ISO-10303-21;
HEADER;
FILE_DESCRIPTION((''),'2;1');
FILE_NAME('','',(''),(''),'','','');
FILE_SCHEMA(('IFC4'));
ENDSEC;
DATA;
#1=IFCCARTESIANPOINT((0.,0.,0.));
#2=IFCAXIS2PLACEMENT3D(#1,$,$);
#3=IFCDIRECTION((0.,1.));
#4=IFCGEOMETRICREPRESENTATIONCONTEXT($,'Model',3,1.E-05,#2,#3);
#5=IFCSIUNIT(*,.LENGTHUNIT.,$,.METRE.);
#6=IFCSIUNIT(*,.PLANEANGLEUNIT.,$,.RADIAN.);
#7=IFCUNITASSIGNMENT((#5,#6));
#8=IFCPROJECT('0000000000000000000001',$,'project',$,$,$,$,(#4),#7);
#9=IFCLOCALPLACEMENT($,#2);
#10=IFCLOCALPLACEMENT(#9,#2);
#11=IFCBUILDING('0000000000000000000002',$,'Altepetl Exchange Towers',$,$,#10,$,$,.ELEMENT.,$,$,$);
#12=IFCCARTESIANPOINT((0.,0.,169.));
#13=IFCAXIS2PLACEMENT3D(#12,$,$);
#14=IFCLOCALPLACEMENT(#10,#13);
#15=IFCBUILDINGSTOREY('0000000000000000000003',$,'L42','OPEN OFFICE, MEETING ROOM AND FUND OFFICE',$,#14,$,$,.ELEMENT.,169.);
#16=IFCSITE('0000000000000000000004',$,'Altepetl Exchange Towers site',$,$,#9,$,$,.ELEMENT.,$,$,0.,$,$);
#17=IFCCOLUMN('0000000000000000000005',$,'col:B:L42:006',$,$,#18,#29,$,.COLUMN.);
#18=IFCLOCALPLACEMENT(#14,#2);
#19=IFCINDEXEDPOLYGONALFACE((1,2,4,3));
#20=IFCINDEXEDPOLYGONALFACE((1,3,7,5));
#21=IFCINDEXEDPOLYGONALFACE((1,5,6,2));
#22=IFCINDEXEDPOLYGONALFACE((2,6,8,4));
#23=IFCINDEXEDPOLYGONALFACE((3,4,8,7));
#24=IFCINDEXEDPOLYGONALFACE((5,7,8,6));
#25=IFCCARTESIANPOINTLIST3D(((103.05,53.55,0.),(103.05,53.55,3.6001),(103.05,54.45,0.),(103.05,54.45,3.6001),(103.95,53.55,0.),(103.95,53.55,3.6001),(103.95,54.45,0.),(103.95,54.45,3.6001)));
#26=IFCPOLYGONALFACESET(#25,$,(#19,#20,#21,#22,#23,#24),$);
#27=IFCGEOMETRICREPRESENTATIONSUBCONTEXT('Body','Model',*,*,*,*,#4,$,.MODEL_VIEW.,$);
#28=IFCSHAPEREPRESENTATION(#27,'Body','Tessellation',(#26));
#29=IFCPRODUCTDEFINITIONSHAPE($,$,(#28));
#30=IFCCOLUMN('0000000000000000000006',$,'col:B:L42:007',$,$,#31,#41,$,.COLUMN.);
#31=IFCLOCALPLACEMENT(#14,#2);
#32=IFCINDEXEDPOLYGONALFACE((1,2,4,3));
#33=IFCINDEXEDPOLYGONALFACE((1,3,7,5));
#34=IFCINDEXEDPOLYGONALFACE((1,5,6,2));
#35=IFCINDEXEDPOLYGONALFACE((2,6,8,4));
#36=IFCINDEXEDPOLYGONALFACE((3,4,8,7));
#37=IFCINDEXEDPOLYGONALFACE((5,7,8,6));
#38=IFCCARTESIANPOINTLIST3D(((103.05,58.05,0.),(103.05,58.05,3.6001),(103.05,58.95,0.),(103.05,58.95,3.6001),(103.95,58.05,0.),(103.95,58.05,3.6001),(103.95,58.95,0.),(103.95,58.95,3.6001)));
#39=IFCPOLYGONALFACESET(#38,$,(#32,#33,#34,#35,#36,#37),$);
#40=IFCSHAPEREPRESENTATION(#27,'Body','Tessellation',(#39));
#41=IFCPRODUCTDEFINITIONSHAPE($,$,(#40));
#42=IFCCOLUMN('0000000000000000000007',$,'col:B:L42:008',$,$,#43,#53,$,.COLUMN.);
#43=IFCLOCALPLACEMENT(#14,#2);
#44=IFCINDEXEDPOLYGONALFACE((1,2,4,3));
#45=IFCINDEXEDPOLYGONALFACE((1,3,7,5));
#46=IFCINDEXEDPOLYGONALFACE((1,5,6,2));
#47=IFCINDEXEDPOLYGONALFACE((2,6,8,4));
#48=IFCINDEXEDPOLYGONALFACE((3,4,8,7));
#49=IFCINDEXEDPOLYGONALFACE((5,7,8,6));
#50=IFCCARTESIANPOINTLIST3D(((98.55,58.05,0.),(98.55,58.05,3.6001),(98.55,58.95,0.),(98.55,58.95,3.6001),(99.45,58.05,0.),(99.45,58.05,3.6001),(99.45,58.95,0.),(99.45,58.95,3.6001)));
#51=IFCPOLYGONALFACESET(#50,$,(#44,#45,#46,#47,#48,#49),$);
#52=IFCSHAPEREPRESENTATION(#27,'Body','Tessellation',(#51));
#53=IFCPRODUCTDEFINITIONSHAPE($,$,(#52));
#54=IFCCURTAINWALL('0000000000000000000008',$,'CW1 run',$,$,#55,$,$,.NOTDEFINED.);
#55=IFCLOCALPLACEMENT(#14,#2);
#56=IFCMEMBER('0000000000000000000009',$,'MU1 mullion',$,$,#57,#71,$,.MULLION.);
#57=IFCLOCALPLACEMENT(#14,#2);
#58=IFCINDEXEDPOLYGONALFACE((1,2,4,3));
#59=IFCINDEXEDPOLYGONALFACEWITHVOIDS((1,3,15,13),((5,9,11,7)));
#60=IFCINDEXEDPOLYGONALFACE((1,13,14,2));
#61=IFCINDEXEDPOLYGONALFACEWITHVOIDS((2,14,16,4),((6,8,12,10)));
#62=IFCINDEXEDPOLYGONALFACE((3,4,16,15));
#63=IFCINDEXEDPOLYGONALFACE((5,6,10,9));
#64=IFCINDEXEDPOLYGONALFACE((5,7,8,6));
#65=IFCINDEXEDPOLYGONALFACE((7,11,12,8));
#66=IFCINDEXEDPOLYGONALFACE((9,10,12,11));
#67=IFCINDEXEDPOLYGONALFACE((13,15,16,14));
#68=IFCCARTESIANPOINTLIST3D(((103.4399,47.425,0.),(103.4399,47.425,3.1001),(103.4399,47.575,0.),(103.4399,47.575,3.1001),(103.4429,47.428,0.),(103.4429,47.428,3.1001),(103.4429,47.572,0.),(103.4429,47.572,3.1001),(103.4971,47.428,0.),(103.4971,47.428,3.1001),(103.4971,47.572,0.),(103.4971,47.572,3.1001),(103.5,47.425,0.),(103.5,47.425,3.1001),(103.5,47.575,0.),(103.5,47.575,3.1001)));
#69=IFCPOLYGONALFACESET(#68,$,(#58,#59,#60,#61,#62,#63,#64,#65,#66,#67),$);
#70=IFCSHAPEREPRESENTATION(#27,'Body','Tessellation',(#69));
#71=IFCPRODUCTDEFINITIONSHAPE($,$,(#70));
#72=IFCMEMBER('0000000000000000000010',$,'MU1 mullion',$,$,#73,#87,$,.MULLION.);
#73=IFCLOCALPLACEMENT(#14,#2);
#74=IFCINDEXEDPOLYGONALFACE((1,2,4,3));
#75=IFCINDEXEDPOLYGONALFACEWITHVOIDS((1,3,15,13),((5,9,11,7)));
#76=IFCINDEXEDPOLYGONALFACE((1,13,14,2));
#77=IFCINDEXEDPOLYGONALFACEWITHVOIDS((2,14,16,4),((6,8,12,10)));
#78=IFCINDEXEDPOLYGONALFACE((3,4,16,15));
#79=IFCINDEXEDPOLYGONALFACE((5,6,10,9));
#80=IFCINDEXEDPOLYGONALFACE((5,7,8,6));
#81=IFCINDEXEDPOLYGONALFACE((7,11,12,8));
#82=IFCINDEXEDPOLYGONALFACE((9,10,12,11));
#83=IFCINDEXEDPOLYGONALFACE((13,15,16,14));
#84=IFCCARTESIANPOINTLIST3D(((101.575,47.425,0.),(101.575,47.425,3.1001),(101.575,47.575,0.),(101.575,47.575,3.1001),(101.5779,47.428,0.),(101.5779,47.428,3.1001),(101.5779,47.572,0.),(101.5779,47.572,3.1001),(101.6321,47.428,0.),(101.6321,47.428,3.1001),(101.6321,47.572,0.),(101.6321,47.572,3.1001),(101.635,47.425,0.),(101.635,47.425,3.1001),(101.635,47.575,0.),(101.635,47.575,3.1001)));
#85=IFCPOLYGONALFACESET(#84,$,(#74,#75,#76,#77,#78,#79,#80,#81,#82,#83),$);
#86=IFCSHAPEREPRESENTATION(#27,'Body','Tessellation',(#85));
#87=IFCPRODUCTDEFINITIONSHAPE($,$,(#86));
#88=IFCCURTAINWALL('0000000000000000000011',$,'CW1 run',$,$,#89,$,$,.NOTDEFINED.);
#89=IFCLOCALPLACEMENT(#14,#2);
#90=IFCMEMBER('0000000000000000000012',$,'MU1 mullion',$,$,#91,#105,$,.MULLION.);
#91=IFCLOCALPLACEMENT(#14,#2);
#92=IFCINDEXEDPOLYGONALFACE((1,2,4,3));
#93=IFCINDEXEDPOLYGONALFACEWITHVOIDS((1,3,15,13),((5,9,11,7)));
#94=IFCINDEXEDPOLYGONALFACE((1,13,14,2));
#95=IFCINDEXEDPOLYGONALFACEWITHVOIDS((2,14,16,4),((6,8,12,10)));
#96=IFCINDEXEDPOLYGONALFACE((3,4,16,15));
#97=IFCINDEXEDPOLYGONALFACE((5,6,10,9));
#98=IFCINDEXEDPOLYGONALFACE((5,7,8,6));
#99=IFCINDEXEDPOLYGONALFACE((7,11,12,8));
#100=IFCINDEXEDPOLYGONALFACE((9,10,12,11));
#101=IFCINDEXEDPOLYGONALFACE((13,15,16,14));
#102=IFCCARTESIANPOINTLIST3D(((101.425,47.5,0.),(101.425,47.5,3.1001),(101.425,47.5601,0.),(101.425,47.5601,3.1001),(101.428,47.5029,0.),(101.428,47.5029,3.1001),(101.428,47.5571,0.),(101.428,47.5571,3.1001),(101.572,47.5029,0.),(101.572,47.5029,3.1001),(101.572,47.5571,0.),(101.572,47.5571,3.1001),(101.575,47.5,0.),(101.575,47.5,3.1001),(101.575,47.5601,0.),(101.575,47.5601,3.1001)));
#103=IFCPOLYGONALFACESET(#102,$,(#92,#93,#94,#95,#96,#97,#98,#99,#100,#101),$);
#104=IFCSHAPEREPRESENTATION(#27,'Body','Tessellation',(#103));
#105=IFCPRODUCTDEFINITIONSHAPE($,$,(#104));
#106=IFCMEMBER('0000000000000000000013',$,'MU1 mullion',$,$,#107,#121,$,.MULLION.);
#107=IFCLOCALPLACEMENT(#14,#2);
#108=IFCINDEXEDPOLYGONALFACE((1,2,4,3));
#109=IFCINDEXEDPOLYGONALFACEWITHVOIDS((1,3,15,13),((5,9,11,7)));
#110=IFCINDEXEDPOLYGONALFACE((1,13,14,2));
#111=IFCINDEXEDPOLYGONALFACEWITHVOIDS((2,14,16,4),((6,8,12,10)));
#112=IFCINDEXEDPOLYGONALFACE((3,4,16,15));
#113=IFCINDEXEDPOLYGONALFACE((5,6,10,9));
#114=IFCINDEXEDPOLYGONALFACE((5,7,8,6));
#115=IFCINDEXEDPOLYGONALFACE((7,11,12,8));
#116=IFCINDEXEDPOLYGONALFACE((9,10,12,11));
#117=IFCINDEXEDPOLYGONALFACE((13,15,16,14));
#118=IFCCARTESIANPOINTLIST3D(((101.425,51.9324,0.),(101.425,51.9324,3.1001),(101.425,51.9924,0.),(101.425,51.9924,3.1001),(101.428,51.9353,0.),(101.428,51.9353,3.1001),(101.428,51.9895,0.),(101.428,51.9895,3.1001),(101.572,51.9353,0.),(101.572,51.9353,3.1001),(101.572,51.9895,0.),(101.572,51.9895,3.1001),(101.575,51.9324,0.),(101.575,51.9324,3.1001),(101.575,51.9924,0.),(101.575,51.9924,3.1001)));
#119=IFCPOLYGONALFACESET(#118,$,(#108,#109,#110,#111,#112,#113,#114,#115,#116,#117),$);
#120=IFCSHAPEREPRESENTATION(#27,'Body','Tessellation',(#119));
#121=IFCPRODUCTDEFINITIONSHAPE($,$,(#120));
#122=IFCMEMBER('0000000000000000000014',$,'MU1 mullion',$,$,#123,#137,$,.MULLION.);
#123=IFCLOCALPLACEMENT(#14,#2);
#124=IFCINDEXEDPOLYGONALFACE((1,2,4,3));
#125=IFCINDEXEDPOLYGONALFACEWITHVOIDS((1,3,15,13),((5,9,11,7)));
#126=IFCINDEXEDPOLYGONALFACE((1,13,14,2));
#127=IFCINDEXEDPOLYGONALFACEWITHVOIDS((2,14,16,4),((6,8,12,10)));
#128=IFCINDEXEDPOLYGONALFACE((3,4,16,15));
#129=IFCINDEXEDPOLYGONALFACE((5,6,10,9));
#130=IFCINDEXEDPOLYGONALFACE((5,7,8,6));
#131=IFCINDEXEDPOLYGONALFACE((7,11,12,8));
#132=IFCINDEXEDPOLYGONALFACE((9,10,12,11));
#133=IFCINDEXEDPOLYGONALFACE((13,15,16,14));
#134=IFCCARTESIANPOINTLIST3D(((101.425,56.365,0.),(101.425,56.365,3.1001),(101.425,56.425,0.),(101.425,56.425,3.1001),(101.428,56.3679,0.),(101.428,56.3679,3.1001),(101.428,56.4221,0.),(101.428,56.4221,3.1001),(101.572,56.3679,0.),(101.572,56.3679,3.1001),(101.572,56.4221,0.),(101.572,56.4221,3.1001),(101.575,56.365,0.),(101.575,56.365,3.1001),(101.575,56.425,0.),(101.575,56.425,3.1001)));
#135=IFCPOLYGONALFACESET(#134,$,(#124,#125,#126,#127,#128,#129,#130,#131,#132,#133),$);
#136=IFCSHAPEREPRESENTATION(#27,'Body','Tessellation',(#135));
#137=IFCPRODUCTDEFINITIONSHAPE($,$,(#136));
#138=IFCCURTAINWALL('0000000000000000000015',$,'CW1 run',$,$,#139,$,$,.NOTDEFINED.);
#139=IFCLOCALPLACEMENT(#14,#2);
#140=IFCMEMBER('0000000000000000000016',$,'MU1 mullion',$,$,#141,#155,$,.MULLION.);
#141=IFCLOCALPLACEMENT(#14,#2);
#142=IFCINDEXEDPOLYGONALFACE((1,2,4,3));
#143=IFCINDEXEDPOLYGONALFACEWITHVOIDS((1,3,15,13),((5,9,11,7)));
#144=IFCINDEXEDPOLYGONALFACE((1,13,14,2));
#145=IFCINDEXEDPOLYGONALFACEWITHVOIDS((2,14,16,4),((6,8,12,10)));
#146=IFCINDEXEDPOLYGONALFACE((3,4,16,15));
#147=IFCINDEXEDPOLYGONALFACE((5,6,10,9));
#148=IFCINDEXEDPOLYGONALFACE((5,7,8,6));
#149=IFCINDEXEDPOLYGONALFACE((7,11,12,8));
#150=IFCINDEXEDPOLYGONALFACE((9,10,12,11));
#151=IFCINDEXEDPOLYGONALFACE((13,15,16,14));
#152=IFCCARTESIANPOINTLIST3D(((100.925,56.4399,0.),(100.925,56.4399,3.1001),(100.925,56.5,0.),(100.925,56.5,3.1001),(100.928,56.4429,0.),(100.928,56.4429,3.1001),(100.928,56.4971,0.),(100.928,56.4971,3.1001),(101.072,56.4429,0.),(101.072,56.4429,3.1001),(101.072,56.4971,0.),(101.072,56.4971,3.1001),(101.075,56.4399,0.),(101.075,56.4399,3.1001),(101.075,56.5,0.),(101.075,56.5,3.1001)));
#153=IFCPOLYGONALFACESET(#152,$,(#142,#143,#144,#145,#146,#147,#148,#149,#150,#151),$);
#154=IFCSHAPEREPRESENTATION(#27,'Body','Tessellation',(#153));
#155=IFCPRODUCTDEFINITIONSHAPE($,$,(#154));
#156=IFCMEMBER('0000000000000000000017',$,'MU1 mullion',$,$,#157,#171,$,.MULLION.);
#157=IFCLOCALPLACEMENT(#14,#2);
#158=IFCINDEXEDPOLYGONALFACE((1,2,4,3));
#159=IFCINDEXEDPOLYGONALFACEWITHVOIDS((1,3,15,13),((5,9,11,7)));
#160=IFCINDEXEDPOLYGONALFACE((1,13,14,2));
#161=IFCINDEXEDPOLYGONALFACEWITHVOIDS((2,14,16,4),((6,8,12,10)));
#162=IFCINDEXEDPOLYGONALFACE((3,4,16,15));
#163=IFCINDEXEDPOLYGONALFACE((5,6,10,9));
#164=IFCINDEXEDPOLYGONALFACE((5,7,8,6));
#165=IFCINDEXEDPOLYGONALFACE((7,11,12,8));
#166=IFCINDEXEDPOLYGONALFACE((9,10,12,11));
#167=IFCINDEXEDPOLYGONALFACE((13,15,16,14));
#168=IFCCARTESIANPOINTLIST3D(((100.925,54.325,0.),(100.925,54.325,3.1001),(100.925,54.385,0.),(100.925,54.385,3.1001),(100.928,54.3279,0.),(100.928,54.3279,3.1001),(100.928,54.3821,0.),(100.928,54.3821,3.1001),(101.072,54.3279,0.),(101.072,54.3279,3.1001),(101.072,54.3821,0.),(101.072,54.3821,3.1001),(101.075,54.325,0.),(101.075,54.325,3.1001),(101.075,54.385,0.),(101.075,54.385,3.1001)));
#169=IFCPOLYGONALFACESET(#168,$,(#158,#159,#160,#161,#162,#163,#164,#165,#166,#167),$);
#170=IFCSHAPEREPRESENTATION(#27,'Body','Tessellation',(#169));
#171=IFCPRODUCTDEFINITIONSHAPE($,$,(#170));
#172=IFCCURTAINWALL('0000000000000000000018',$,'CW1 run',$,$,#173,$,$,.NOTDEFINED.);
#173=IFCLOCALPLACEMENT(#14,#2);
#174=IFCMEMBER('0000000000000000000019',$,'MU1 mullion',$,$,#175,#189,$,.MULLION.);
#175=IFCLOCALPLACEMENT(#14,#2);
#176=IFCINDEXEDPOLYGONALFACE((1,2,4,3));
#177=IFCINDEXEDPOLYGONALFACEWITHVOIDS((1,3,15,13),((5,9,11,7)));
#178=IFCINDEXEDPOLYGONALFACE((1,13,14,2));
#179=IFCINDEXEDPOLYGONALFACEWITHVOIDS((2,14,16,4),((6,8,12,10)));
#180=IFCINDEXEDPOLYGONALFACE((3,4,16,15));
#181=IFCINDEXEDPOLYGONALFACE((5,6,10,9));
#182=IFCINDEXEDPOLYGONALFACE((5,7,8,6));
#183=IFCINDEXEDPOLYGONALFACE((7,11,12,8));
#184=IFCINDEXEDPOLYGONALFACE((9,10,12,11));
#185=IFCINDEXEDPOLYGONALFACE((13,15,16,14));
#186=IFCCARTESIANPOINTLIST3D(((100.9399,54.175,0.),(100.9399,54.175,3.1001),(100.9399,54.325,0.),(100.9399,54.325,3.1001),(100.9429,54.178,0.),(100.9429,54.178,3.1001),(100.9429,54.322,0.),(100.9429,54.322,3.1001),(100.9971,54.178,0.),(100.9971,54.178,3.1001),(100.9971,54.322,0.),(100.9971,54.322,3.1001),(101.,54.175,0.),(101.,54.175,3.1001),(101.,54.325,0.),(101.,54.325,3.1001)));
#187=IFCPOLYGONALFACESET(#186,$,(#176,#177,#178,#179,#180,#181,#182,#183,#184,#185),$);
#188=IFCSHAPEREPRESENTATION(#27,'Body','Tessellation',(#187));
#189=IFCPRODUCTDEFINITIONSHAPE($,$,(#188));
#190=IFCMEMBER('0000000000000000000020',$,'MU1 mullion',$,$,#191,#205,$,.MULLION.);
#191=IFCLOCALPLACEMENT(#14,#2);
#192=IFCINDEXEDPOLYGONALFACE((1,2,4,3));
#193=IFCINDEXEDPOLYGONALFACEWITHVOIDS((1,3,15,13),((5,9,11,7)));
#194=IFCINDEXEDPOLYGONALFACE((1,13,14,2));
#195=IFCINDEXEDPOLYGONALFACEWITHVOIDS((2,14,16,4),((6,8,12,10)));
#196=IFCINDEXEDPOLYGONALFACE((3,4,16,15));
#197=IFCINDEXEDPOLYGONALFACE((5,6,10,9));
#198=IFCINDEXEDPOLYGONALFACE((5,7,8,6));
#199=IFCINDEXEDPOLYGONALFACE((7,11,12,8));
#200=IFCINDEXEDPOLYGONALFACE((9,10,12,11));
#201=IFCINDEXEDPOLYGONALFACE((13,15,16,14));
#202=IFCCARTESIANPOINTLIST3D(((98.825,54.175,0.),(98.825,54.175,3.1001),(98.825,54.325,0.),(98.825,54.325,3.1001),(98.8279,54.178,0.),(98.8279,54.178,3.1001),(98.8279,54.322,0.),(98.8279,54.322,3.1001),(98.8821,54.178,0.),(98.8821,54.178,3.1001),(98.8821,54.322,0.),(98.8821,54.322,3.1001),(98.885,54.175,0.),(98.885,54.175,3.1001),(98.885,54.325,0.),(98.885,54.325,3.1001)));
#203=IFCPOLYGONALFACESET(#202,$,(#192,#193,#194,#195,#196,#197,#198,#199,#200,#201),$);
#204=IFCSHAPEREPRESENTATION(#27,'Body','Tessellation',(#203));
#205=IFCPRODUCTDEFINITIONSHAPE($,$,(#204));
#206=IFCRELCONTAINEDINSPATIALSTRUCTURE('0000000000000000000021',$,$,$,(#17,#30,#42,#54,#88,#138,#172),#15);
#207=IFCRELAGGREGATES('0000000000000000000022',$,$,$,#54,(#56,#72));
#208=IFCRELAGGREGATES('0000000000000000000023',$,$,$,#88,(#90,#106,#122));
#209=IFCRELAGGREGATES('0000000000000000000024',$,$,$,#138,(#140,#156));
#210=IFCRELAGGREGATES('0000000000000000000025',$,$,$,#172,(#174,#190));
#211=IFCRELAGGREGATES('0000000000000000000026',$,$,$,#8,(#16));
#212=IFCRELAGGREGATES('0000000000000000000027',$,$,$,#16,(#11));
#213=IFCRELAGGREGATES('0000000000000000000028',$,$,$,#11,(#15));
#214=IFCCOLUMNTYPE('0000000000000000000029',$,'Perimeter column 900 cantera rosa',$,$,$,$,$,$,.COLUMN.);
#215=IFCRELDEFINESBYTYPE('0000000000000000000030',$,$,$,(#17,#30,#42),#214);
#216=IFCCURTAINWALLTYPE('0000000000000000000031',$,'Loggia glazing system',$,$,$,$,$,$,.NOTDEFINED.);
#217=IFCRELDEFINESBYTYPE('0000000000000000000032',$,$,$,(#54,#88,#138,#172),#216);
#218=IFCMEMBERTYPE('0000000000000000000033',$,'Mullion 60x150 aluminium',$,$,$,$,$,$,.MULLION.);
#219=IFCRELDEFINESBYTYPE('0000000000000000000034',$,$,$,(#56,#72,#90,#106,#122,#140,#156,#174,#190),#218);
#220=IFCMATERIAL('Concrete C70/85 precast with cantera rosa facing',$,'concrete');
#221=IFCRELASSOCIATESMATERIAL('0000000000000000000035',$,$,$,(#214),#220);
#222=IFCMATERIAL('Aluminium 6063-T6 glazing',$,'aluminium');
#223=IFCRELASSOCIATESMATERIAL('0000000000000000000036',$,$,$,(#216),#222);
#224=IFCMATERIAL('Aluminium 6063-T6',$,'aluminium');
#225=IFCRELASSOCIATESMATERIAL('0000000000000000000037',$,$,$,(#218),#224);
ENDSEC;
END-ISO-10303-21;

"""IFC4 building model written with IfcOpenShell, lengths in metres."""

from ifc_helpers import new_model, si_unit, direction, frame, origin, origin_2d, place, context, subcontext, project, spatial, rectangle, hollow_rectangle, extrude, material, material_profile, profile_set, type_object, element, aggregate, save


model = new_model("IFC4")

# Units and contexts
model_context = context("Model", 3, precision=1e-05, world=origin(), true_north=direction((0.0, 1.0)))
body_context = subcontext(model_context, "Body", "Model", "MODEL_VIEW")
ifc_project = project(units=[si_unit("LENGTHUNIT", "METRE"), si_unit("PLANEANGLEUNIT", "RADIAN")], contexts=[model_context])

# Site, building, storey
site_placement = place(None, origin())
site = spatial("IfcSite", under=ifc_project, at=site_placement, Name="Altepetl Exchange Towers site", CompositionType="ELEMENT", RefElevation=0.0)
building_placement = place(site_placement, origin())
building = spatial("IfcBuilding", under=site, at=building_placement, Name="Altepetl Exchange Towers", CompositionType="ELEMENT")
storey_placement = place(building_placement, frame((0.0, 0.0, 169.0)))
storey = spatial("IfcBuildingStorey", under=building, at=storey_placement, Name="L42", Description="OPEN OFFICE, MEETING ROOM AND FUND OFFICE", CompositionType="ELEMENT", Elevation=169.0)

# Columns
ifc_material_1 = material(Name="Concrete C70/85 precast with cantera rosa facing", Category="concrete")
ifc_material_profile_1 = material_profile(ifc_material_1, rectangle(XDim=0.8999, YDim=0.8999, at=origin_2d()), Name="900 x 900")
ifc_profile_set_1 = profile_set([ifc_material_profile_1], Name="Concrete C70/85 precast with cantera rosa facing")
column_type = type_object("IfcColumnType", Name="Perimeter column 900 cantera rosa", PredefinedType="COLUMN", material=ifc_profile_set_1)
for number, where, name in (
    (1, (103.5, 54.0, 0.0), "col:B:L42:006"),
    (2, (103.5, 58.5, 0.0), "col:B:L42:007"),
    (3, (99.0, 58.5, 0.0), "col:B:L42:008"),
):
    element("IfcColumn", number, at=place(storey_placement, frame(where)), inside=storey, type_object=column_type, Name=name, PredefinedType="COLUMN", context=body_context, shape_type="SweptSolid", body=[
        extrude(rectangle(XDim=0.8999, YDim=0.8999, at=origin_2d()), origin(), (0.0, 0.0, 1.0), 3.6001),
    ])

# Curtain walls, members
ifc_material_2 = material(Name="Aluminium 6063-T6 glazing", Category="aluminium")
curtain_wall_type = type_object("IfcCurtainWallType", Name="Loggia glazing system", PredefinedType="NOTDEFINED", material=ifc_material_2)
curtain_wall_1_placement = place(storey_placement, origin())
curtain_wall_1 = element("IfcCurtainWall", 4, at=curtain_wall_1_placement, inside=storey, type_object=curtain_wall_type, Name="CW1 run", PredefinedType="NOTDEFINED")
ifc_material_3 = material(Name="Aluminium 6063-T6", Category="aluminium")
ifc_material_profile_2 = material_profile(ifc_material_3, hollow_rectangle(XDim=0.0601, YDim=0.1499, WallThickness=0.0029, at=origin_2d()), Name="Mullion 60x150 aluminium")
ifc_profile_set_2 = profile_set([ifc_material_profile_2], Name="Aluminium 6063-T6")
member_type = type_object("IfcMemberType", Name="Mullion 60x150 aluminium", PredefinedType="MULLION", material=ifc_profile_set_2)
member_1_placement = place(storey_placement, frame((103.47, 47.5, 0.0), z_axis=(0.0, 0.0, 1.0), x_axis=(-1.0, 0.0, 0.0)))
member_1 = element("IfcMember", 5, at=member_1_placement, type_object=member_type, Name="MU1 mullion", PredefinedType="MULLION", context=body_context, shape_type="SweptSolid", body=[
    extrude(hollow_rectangle(XDim=0.0601, YDim=0.1499, WallThickness=0.0029, at=origin_2d()), origin(), (0.0, 0.0, 1.0), 3.1001),
])
member_2_placement = place(storey_placement, frame((101.605, 47.5, 0.0), z_axis=(0.0, 0.0, 1.0), x_axis=(-1.0, 0.0, 0.0)))
member_2 = element("IfcMember", 6, at=member_2_placement, type_object=member_type, Name="MU1 mullion", PredefinedType="MULLION", context=body_context, shape_type="SweptSolid", body=[
    extrude(hollow_rectangle(XDim=0.0601, YDim=0.1499, WallThickness=0.0029, at=origin_2d()), origin(), (0.0, 0.0, 1.0), 3.1001),
])
curtain_wall_2_placement = place(storey_placement, origin())
curtain_wall_2 = element("IfcCurtainWall", 7, at=curtain_wall_2_placement, inside=storey, type_object=curtain_wall_type, Name="CW1 run", PredefinedType="NOTDEFINED")
member_3_placement = place(storey_placement, frame((101.5, 47.53, 0.0), z_axis=(0.0, 0.0, 1.0), x_axis=(0.0, 1.0, 0.0)))
member_3 = element("IfcMember", 8, at=member_3_placement, type_object=member_type, Name="MU1 mullion", PredefinedType="MULLION", context=body_context, shape_type="SweptSolid", body=[
    extrude(hollow_rectangle(XDim=0.0601, YDim=0.1499, WallThickness=0.0029, at=origin_2d()), origin(), (0.0, 0.0, 1.0), 3.1001),
])
member_4_placement = place(storey_placement, frame((101.5, 51.9624, 0.0), z_axis=(0.0, 0.0, 1.0), x_axis=(0.0, 1.0, 0.0)))
member_4 = element("IfcMember", 9, at=member_4_placement, type_object=member_type, Name="MU1 mullion", PredefinedType="MULLION", context=body_context, shape_type="SweptSolid", body=[
    extrude(hollow_rectangle(XDim=0.0601, YDim=0.1499, WallThickness=0.0029, at=origin_2d()), origin(), (0.0, 0.0, 1.0), 3.1001),
])
member_5_placement = place(storey_placement, frame((101.5, 56.395, 0.0), z_axis=(0.0, 0.0, 1.0), x_axis=(0.0, 1.0, 0.0)))
member_5 = element("IfcMember", 10, at=member_5_placement, type_object=member_type, Name="MU1 mullion", PredefinedType="MULLION", context=body_context, shape_type="SweptSolid", body=[
    extrude(hollow_rectangle(XDim=0.0601, YDim=0.1499, WallThickness=0.0029, at=origin_2d()), origin(), (0.0, 0.0, 1.0), 3.1001),
])
curtain_wall_3_placement = place(storey_placement, origin())
curtain_wall_3 = element("IfcCurtainWall", 11, at=curtain_wall_3_placement, inside=storey, type_object=curtain_wall_type, Name="CW1 run", PredefinedType="NOTDEFINED")
member_6_placement = place(storey_placement, frame((101.0, 56.47, 0.0), z_axis=(0.0, 0.0, 1.0), x_axis=(0.0, -1.0, 0.0)))
member_6 = element("IfcMember", 12, at=member_6_placement, type_object=member_type, Name="MU1 mullion", PredefinedType="MULLION", context=body_context, shape_type="SweptSolid", body=[
    extrude(hollow_rectangle(XDim=0.0601, YDim=0.1499, WallThickness=0.0029, at=origin_2d()), origin(), (0.0, 0.0, 1.0), 3.1001),
])
member_7_placement = place(storey_placement, frame((101.0, 54.355, 0.0), z_axis=(0.0, 0.0, 1.0), x_axis=(0.0, -1.0, 0.0)))
member_7 = element("IfcMember", 13, at=member_7_placement, type_object=member_type, Name="MU1 mullion", PredefinedType="MULLION", context=body_context, shape_type="SweptSolid", body=[
    extrude(hollow_rectangle(XDim=0.0601, YDim=0.1499, WallThickness=0.0029, at=origin_2d()), origin(), (0.0, 0.0, 1.0), 3.1001),
])
curtain_wall_4_placement = place(storey_placement, origin())
curtain_wall_4 = element("IfcCurtainWall", 14, at=curtain_wall_4_placement, inside=storey, type_object=curtain_wall_type, Name="CW1 run", PredefinedType="NOTDEFINED")
member_8_placement = place(storey_placement, frame((100.97, 54.25, 0.0), z_axis=(0.0, 0.0, 1.0), x_axis=(-1.0, 0.0, 0.0)))
member_8 = element("IfcMember", 15, at=member_8_placement, type_object=member_type, Name="MU1 mullion", PredefinedType="MULLION", context=body_context, shape_type="SweptSolid", body=[
    extrude(hollow_rectangle(XDim=0.0601, YDim=0.1499, WallThickness=0.0029, at=origin_2d()), origin(), (0.0, 0.0, 1.0), 3.1001),
])
member_9_placement = place(storey_placement, frame((98.855, 54.25, 0.0), z_axis=(0.0, 0.0, 1.0), x_axis=(-1.0, 0.0, 0.0)))
member_9 = element("IfcMember", 16, at=member_9_placement, type_object=member_type, Name="MU1 mullion", PredefinedType="MULLION", context=body_context, shape_type="SweptSolid", body=[
    extrude(hollow_rectangle(XDim=0.0601, YDim=0.1499, WallThickness=0.0029, at=origin_2d()), origin(), (0.0, 0.0, 1.0), 3.1001),
])

aggregate(curtain_wall_1, [member_1, member_2])
aggregate(curtain_wall_2, [member_3, member_4, member_5])
aggregate(curtain_wall_3, [member_6, member_7])
aggregate(curtain_wall_4, [member_8, member_9])

save(model, "model.ifc")
